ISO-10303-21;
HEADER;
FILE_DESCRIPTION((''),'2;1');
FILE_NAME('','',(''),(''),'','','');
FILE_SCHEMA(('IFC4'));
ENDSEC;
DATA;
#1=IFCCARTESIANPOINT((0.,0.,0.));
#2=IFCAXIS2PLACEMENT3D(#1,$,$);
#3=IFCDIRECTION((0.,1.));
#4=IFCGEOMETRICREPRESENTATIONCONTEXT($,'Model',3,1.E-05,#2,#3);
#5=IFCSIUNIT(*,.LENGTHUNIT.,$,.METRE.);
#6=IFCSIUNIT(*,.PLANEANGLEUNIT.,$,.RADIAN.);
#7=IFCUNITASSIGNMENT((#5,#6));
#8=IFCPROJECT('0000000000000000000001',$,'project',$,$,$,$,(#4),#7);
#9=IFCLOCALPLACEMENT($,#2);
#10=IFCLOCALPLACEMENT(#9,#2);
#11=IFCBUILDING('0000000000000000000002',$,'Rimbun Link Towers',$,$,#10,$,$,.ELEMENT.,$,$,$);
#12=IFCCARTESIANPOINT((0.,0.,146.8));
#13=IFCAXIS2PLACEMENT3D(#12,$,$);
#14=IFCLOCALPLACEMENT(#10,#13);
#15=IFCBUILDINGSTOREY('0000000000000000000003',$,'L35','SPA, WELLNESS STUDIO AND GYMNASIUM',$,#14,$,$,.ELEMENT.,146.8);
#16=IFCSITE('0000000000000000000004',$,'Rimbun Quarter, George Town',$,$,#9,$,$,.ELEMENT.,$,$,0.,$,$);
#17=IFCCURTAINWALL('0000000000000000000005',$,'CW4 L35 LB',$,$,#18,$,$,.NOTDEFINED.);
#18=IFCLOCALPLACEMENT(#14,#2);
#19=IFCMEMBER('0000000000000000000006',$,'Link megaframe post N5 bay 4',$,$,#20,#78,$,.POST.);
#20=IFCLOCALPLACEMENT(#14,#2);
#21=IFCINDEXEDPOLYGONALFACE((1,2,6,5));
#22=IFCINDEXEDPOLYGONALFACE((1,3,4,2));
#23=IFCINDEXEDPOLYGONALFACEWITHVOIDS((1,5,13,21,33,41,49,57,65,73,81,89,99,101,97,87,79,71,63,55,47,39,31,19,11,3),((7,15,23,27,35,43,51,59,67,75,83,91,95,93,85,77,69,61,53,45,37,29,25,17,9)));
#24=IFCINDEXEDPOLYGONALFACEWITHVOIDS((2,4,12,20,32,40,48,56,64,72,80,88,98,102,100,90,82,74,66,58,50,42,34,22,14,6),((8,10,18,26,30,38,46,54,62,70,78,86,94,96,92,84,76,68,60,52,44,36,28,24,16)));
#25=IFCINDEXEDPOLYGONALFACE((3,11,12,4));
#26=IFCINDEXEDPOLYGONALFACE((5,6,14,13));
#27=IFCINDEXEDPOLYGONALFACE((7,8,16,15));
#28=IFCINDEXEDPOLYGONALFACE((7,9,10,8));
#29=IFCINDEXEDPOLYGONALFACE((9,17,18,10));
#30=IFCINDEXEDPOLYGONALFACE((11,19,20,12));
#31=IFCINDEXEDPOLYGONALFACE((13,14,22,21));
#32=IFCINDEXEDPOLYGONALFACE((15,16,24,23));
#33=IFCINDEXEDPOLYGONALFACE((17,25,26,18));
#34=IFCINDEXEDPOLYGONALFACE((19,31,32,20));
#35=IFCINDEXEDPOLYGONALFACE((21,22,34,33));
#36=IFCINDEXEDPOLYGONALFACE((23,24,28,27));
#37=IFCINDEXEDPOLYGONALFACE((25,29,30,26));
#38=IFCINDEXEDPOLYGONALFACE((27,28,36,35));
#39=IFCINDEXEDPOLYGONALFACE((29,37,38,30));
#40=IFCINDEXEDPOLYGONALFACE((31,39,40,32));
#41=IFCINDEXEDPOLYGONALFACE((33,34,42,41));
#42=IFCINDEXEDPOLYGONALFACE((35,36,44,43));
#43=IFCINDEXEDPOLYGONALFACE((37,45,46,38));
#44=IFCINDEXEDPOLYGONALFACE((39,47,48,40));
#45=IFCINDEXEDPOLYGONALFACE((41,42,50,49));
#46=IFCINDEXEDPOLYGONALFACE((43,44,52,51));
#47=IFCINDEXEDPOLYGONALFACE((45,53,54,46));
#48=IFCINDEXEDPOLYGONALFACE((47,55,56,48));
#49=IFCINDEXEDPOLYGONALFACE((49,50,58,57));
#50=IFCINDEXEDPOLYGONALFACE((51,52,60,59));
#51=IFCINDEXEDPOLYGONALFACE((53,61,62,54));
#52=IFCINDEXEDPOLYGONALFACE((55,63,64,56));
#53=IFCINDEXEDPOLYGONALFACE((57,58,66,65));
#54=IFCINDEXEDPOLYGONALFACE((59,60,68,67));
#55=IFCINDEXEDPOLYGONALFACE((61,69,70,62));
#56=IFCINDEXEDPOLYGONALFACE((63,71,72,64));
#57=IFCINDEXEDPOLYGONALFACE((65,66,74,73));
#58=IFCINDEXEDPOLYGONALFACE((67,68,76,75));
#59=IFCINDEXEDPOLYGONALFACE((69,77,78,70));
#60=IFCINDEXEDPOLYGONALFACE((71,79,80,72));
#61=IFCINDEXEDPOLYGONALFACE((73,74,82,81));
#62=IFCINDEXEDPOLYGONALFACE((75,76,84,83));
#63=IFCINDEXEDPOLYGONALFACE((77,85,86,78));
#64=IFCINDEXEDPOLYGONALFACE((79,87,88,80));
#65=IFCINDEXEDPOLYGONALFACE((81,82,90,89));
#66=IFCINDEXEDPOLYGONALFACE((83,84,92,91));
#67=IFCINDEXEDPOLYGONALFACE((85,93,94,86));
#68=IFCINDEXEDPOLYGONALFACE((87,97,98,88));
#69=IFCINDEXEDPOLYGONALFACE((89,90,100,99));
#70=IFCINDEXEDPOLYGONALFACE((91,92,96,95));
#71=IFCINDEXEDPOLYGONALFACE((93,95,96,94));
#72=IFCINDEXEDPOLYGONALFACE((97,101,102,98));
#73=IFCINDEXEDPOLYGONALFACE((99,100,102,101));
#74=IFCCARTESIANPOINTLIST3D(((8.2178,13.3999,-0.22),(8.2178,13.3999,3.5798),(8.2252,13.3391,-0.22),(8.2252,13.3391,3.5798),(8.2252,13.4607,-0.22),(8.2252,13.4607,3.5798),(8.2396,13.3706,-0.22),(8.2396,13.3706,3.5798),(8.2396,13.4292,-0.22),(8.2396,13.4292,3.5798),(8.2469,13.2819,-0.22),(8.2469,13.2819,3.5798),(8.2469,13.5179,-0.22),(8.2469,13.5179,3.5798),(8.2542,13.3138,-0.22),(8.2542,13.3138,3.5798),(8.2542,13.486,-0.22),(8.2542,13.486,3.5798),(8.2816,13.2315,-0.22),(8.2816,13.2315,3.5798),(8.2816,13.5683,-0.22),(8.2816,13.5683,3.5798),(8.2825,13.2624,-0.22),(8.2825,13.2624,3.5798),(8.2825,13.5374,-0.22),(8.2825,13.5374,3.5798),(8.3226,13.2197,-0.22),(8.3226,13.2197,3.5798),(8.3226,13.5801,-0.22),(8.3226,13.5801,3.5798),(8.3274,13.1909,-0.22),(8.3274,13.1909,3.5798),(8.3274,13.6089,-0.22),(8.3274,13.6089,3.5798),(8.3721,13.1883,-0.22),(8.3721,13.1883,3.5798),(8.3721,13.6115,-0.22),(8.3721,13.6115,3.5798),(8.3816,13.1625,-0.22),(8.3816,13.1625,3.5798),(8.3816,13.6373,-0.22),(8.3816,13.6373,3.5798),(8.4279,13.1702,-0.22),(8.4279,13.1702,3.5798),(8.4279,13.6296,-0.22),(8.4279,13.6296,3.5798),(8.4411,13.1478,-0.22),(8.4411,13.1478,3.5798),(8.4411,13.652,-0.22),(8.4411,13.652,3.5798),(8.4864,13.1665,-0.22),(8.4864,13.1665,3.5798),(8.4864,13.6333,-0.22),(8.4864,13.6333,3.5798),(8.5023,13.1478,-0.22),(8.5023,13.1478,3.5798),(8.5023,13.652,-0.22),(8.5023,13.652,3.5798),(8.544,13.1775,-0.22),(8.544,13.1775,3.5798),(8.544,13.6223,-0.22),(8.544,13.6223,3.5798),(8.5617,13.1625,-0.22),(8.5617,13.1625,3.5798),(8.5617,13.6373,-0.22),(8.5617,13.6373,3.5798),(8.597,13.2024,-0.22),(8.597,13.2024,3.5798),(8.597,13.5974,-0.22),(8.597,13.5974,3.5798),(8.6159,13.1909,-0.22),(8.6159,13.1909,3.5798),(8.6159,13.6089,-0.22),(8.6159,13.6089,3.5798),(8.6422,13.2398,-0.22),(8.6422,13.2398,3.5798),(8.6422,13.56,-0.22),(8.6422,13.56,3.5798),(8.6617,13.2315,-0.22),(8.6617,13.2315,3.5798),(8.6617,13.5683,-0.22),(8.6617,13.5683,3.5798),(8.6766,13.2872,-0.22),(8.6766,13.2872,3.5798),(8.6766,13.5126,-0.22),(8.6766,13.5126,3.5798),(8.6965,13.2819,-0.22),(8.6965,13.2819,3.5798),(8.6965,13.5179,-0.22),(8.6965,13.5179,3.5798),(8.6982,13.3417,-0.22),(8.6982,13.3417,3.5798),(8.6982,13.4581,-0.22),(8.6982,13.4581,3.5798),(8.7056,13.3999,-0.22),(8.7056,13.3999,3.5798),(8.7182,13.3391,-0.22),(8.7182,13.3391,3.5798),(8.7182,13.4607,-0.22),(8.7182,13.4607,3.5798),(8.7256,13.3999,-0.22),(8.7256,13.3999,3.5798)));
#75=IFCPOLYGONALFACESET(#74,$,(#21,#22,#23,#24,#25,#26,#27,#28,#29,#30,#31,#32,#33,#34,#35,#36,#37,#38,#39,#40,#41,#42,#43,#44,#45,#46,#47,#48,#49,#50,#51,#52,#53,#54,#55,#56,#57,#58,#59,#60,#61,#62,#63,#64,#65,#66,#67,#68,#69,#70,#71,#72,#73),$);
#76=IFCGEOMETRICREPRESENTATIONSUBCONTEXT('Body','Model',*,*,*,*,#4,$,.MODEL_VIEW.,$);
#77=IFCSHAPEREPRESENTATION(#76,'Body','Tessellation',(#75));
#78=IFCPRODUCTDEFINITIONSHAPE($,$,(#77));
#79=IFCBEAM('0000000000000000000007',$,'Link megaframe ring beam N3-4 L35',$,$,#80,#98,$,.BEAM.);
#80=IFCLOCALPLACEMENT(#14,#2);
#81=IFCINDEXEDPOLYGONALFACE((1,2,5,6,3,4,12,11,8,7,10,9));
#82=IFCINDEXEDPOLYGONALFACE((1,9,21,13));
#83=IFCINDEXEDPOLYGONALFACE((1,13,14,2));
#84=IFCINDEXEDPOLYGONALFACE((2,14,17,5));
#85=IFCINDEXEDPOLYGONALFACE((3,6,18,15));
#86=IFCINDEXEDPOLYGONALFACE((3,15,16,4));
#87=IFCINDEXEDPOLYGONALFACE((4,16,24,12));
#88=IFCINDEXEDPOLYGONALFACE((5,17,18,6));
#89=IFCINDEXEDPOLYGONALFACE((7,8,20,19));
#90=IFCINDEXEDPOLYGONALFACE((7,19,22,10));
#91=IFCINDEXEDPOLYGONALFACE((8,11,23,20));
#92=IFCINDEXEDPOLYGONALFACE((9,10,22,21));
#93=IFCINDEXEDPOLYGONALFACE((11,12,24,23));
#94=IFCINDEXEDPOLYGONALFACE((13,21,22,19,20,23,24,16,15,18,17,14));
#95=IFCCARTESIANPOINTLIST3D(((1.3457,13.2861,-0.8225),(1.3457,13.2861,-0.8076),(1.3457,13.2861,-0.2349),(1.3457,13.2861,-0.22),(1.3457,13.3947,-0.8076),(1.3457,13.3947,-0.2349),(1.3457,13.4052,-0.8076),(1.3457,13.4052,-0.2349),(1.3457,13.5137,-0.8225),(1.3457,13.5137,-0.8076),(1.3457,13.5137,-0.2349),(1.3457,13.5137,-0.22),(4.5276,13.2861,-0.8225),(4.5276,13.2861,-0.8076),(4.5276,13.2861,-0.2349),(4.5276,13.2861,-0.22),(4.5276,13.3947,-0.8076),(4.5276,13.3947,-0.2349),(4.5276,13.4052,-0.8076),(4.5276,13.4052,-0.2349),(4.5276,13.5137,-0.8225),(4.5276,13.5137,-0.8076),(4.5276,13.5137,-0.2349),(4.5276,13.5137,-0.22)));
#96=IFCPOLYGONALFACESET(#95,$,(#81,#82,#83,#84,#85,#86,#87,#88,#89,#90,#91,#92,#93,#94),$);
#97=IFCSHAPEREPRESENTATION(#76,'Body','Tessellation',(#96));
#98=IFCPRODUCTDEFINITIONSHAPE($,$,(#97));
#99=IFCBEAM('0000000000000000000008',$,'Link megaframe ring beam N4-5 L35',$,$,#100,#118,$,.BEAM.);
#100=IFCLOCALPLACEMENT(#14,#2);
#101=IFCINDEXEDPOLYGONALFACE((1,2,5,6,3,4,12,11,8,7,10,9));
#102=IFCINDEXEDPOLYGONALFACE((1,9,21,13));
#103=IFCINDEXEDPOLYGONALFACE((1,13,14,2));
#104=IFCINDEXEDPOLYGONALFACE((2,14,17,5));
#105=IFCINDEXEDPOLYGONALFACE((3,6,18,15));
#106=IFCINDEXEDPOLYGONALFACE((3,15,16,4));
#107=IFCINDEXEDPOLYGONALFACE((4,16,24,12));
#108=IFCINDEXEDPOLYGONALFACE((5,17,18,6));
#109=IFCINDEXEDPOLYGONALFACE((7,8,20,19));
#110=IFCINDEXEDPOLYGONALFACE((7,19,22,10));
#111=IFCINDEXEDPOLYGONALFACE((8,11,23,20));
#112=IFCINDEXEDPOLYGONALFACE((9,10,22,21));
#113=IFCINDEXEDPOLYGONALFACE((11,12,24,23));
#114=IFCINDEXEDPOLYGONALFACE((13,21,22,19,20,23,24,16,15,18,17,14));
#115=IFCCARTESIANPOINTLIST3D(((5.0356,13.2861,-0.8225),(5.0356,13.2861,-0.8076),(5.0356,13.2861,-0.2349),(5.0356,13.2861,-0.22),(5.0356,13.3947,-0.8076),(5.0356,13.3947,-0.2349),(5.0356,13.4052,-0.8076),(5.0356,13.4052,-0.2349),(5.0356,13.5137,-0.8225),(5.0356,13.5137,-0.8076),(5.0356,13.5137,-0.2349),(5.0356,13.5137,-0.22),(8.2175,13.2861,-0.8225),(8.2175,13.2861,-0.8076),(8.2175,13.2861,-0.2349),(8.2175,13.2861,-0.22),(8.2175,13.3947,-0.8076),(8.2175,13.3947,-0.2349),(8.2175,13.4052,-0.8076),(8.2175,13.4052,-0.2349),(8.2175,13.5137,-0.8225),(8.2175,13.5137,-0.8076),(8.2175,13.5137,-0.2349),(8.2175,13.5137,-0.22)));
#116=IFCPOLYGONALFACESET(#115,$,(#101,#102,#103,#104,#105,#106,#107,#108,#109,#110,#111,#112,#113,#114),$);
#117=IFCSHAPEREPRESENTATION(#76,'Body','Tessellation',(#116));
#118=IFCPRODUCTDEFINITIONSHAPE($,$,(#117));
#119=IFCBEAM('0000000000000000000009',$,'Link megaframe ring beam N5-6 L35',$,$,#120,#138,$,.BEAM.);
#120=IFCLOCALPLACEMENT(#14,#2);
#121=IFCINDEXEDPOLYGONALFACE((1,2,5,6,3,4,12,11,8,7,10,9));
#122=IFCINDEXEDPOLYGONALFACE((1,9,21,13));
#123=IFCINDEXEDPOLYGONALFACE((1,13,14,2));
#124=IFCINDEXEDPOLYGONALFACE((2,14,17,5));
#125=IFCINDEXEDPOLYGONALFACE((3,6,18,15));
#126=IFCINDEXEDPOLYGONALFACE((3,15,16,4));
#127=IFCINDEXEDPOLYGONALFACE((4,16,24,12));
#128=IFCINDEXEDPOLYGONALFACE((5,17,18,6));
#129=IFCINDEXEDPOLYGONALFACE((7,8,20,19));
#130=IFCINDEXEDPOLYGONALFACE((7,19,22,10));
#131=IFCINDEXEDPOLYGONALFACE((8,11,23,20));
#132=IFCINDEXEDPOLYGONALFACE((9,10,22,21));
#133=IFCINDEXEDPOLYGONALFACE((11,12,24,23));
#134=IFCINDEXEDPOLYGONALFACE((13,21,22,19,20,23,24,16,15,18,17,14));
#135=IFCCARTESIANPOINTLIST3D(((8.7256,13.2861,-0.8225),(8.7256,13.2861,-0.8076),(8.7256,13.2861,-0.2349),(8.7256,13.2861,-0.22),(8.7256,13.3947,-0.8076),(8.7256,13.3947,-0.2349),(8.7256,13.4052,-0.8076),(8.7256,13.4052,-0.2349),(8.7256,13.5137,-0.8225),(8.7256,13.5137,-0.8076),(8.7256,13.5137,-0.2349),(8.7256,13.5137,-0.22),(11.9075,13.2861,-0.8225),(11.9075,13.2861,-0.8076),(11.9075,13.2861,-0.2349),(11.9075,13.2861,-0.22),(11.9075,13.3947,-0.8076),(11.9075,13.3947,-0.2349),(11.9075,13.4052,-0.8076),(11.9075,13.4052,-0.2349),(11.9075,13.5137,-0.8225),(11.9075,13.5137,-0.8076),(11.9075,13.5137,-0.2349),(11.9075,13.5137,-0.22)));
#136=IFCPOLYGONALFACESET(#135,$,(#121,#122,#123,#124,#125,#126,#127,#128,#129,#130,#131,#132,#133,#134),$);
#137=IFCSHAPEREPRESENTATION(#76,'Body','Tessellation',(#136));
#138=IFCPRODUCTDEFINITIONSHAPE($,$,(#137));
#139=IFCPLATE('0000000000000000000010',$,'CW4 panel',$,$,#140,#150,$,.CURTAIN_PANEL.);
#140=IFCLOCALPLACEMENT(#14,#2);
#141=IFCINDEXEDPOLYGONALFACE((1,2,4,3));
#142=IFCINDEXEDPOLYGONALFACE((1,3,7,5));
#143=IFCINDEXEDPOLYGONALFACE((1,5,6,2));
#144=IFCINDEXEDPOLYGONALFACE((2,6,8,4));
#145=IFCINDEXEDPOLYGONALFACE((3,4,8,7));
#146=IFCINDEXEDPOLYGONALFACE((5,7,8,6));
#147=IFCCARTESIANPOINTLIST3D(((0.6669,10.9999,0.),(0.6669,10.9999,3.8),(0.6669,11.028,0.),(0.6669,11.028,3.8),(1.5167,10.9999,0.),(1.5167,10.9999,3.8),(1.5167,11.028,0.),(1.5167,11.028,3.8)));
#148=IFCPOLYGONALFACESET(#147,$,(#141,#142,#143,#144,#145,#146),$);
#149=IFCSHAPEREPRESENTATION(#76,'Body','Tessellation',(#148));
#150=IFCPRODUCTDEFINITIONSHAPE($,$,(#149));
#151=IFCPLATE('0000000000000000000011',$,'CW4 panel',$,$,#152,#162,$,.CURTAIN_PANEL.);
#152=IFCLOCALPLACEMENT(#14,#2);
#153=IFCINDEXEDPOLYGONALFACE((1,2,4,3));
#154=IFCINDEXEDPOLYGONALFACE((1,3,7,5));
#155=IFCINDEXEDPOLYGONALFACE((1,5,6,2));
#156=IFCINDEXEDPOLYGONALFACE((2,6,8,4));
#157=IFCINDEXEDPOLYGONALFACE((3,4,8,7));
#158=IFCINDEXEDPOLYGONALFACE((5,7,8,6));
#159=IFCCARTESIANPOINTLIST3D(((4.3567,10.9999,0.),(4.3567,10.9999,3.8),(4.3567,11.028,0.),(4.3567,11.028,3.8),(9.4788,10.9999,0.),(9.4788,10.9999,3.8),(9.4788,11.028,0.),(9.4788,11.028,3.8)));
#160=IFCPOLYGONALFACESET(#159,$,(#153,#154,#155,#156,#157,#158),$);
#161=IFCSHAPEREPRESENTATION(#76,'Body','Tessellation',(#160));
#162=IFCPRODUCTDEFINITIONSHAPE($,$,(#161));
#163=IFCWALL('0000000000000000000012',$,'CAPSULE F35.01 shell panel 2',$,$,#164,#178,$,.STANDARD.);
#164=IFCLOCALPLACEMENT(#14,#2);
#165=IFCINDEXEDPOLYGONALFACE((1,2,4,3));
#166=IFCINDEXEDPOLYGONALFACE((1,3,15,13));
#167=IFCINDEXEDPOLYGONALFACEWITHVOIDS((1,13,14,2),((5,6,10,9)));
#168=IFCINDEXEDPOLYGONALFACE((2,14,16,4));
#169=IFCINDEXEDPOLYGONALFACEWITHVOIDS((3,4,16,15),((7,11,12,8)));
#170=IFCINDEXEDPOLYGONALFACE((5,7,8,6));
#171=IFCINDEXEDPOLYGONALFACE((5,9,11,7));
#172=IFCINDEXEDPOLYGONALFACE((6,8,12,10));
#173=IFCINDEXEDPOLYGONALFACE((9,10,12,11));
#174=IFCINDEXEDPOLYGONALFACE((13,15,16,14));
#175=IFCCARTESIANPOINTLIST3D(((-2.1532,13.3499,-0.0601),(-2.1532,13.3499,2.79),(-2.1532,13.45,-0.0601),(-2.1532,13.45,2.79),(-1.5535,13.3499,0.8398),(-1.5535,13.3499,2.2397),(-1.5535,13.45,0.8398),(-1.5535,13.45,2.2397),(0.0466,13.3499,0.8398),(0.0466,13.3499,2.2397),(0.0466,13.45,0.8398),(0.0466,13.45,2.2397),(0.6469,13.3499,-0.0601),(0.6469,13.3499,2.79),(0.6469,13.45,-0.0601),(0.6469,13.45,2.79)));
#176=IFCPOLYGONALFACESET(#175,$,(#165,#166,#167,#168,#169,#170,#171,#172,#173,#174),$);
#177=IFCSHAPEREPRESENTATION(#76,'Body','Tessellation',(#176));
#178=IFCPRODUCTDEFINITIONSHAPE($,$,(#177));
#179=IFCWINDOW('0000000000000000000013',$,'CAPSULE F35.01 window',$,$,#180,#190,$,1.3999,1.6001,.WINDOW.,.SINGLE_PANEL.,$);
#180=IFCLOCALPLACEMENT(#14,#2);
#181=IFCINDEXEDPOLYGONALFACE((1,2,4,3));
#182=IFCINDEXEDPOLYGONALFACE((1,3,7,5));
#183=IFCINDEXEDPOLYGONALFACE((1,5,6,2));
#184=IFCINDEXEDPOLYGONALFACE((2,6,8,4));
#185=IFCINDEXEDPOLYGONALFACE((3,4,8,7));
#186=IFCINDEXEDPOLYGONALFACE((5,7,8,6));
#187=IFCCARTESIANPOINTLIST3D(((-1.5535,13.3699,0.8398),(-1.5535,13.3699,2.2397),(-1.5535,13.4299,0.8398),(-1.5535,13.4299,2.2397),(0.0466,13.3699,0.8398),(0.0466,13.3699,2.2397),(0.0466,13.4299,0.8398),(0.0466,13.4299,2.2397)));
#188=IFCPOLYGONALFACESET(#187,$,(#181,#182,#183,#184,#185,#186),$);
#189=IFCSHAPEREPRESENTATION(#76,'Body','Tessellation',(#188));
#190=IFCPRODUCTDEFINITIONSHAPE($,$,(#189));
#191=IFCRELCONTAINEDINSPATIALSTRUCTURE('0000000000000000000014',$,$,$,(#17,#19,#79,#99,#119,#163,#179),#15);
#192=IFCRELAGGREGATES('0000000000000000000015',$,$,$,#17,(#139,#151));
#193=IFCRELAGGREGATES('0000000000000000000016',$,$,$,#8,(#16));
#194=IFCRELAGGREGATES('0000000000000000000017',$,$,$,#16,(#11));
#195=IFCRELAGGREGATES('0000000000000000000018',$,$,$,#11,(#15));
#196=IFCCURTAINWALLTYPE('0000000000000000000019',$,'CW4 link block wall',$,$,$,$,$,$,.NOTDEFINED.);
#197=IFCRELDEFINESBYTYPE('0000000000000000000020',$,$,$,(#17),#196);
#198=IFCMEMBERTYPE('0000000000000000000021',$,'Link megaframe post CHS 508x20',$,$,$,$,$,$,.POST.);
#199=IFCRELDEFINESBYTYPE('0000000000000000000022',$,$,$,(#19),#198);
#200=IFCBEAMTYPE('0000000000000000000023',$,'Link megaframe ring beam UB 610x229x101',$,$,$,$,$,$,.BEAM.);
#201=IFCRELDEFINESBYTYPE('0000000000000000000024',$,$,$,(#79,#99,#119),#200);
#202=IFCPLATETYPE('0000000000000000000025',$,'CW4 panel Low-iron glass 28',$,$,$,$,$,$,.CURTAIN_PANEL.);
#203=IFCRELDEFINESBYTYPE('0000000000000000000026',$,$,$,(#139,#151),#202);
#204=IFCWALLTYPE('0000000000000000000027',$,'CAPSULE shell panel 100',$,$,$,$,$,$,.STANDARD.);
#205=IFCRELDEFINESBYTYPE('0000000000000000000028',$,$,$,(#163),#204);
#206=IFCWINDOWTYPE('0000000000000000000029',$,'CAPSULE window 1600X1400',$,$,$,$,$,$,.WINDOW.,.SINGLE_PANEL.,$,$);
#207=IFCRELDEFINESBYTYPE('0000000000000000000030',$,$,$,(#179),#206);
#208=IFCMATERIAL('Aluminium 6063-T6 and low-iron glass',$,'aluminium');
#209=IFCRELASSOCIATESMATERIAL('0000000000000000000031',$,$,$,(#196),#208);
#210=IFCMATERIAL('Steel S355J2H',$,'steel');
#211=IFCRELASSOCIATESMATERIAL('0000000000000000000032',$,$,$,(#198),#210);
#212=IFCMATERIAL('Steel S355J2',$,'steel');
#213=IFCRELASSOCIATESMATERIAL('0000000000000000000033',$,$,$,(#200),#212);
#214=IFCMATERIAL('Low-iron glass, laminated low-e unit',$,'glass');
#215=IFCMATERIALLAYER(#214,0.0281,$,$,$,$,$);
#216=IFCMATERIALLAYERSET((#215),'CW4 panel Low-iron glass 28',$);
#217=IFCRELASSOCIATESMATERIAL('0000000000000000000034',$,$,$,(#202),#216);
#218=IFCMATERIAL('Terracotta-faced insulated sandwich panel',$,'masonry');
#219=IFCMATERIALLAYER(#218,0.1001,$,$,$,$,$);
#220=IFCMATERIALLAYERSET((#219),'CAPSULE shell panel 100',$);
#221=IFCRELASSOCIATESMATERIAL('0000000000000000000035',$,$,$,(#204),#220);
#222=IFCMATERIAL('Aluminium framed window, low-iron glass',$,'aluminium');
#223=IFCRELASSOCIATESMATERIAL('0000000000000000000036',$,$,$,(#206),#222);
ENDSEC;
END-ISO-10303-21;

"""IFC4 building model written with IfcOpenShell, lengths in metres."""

from ifc_helpers import new_model, si_unit, direction, frame, frame_2d, origin, origin_2d, place, context, subcontext, project, spatial, rectangle, hollow_circle, i_section, extrude, material, layer, layer_set, material_profile, profile_set, type_object, element, fill, aggregate, save


model = new_model("IFC4")

# Units and contexts
model_context = context("Model", 3, precision=1e-05, world=origin(), true_north=direction((0.0, 1.0)))
body_context = subcontext(model_context, "Body", "Model", "MODEL_VIEW")
ifc_project = project(units=[si_unit("LENGTHUNIT", "METRE"), si_unit("PLANEANGLEUNIT", "RADIAN")], contexts=[model_context])

# Site, building, storey
site_placement = place(None, origin())
site = spatial("IfcSite", under=ifc_project, at=site_placement, Name="Rimbun Quarter, George Town", CompositionType="ELEMENT", RefElevation=0.0)
building_placement = place(site_placement, origin())
building = spatial("IfcBuilding", under=site, at=building_placement, Name="Rimbun Link Towers", CompositionType="ELEMENT")
storey_placement = place(building_placement, frame((0.0, 0.0, 146.8)))
storey = spatial("IfcBuildingStorey", under=building, at=storey_placement, Name="L35", Description="SPA, WELLNESS STUDIO AND GYMNASIUM", CompositionType="ELEMENT", Elevation=146.8)

# Curtain wall
ifc_material_1 = material(Name="Aluminium 6063-T6 and low-iron glass", Category="aluminium")
curtain_wall_type = type_object("IfcCurtainWallType", Name="CW4 link block wall", PredefinedType="NOTDEFINED", material=ifc_material_1)
curtain_wall_placement = place(storey_placement, origin())
curtain_wall = element("IfcCurtainWall", 1, at=curtain_wall_placement, inside=storey, type_object=curtain_wall_type, Name="CW4 L35 LB", PredefinedType="NOTDEFINED")

# Member
ifc_material_2 = material(Name="Steel S355J2H", Category="steel")
ifc_material_profile_1 = material_profile(ifc_material_2, hollow_circle(Radius=0.2539, WallThickness=0.02, at=origin_2d()), Name="CHS 508x20")
ifc_profile_set_1 = profile_set([ifc_material_profile_1], Name="Steel S355J2H")
member_type_1 = type_object("IfcMemberType", Name="Link megaframe post CHS 508x20", PredefinedType="POST", material=ifc_profile_set_1)
for number, where, z_axis, x_axis, name in (
    (2, (8.4717, 13.3999, -0.22), (0.0, 0.0, 1.0), (1.0, 0.0, 0.0), "Link megaframe post N5 bay 4"),
):
    element("IfcMember", number, at=place(storey_placement, frame(where, z_axis=z_axis, x_axis=x_axis)), inside=storey, type_object=member_type_1, Name=name, PredefinedType="POST", context=body_context, shape_type="SweptSolid", body=[
        extrude(hollow_circle(Radius=0.2539, WallThickness=0.02, at=origin_2d()), origin(), (0.0, 0.0, 1.0), 3.7998),
    ])

# Beams
ifc_material_3 = material(Name="Steel S355J2", Category="steel")
ifc_material_profile_2 = material_profile(ifc_material_3, i_section(OverallWidth=0.2275, OverallDepth=0.6025, WebThickness=0.0105, FlangeThickness=0.0149, at=origin_2d()), Name="UB 610x229x101")
ifc_profile_set_2 = profile_set([ifc_material_profile_2], Name="Steel S355J2")
beam_type = type_object("IfcBeamType", Name="Link megaframe ring beam UB 610x229x101", PredefinedType="BEAM", material=ifc_profile_set_2)
for number, where, z_axis, x_axis, name in (
    (3, (1.3457, 13.3999, -0.5212), (1.0, 0.0, 0.0), (0.0, 1.0, 0.0), "Link megaframe ring beam N3-4 L35"),
    (4, (5.0356, 13.3999, -0.5212), (1.0, 0.0, 0.0), (0.0, 1.0, 0.0), "Link megaframe ring beam N4-5 L35"),
    (5, (8.7256, 13.3999, -0.5212), (1.0, 0.0, 0.0), (0.0, 1.0, 0.0), "Link megaframe ring beam N5-6 L35"),
):
    element("IfcBeam", number, at=place(storey_placement, frame(where, z_axis=z_axis, x_axis=x_axis)), inside=storey, type_object=beam_type, Name=name, PredefinedType="BEAM", context=body_context, shape_type="SweptSolid", body=[
        extrude(i_section(OverallWidth=0.2275, OverallDepth=0.6025, WebThickness=0.0105, FlangeThickness=0.0149, at=origin_2d()), origin(), (0.0, 0.0, 1.0), 3.1819),
    ])

# Plates
ifc_material_4 = material(Name="Low-iron glass, laminated low-e unit", Category="glass")
ifc_layer_1 = layer(ifc_material_4, 0.0281)
ifc_layer_set_1 = layer_set([ifc_layer_1], Name="CW4 panel Low-iron glass 28")
plate_type = type_object("IfcPlateType", Name="CW4 panel Low-iron glass 28", PredefinedType="CURTAIN_PANEL", material=ifc_layer_set_1)
plate_1_placement = place(storey_placement, frame((1.0918, 11.0139, 0.0), z_axis=(0.0, 0.0, 1.0), x_axis=(1.0, 0.0, 0.0)))
plate_1 = element("IfcPlate", 6, at=plate_1_placement, type_object=plate_type, Name="CW4 panel", PredefinedType="CURTAIN_PANEL", context=body_context, shape_type="SweptSolid", body=[
    extrude(rectangle(XDim=0.8499, YDim=0.0281, at=origin_2d()), origin(), (0.0, 0.0, 1.0), 3.8),
])
plate_2_placement = place(storey_placement, frame((6.9177, 11.0139, 0.0), z_axis=(0.0, 0.0, 1.0), x_axis=(1.0, 0.0, 0.0)))
plate_2 = element("IfcPlate", 7, at=plate_2_placement, type_object=plate_type, Name="CW4 panel", PredefinedType="CURTAIN_PANEL", context=body_context, shape_type="SweptSolid", body=[
    extrude(rectangle(XDim=5.1221, YDim=0.0281, at=origin_2d()), origin(), (0.0, 0.0, 1.0), 3.8),
])
aggregate(curtain_wall, [plate_1, plate_2])

# Wall, opening, window
ifc_material_5 = material(Name="Terracotta-faced insulated sandwich panel", Category="masonry")
ifc_layer_2 = layer(ifc_material_5, 0.1001)
ifc_layer_set_2 = layer_set([ifc_layer_2], Name="CAPSULE shell panel 100")
wall_type = type_object("IfcWallType", Name="CAPSULE shell panel 100", PredefinedType="STANDARD", material=ifc_layer_set_2)
wall_1_placement = place(storey_placement, frame((0.6467, 13.3999, -0.0601), z_axis=(0.0, 0.0, 1.0), x_axis=(-1.0, 0.0, 0.0)))
wall_1 = element("IfcWall", 8, at=wall_1_placement, inside=storey, type_object=wall_type, Name="CAPSULE F35.01 shell panel 2", PredefinedType="STANDARD", context=body_context, shape_type="SweptSolid", body=[
    extrude(rectangle(XDim=2.8, YDim=0.1001, at=frame_2d((1.3999, 0.0))), origin(), (0.0, 0.0, 1.0), 2.8501),
])
opening_1_placement = place(wall_1_placement, frame((0.6001, 0.0, 0.8999)))
opening_1 = element("IfcOpeningElement", 9, at=opening_1_placement, cuts=wall_1, PredefinedType="OPENING", context=body_context, shape_type="SweptSolid", body=[
    extrude(rectangle(XDim=1.6001, YDim=1.3999, at=frame_2d((0.8, 0.7))), frame((0.0, 0.0601, 0.0), z_axis=(0.0, -1.0, 0.0), x_axis=(1.0, 0.0, 0.0)), (0.0, 0.0, 1.0), 0.1201),
])
ifc_material_6 = material(Name="Aluminium framed window, low-iron glass", Category="aluminium")
window_type = type_object("IfcWindowType", Name="CAPSULE window 1600X1400", PartitioningType="SINGLE_PANEL", PredefinedType="WINDOW", material=ifc_material_6)
window_1_placement = place(opening_1_placement, origin())
window_1 = element("IfcWindow", 10, at=window_1_placement, inside=storey, type_object=window_type, Name="CAPSULE F35.01 window", OverallHeight=1.3999, OverallWidth=1.6001, PartitioningType="SINGLE_PANEL", PredefinedType="WINDOW", context=body_context, shape_type="SweptSolid", body=[
    extrude(rectangle(XDim=1.6001, YDim=1.3999, at=frame_2d((0.8, 0.7))), frame((0.0, 0.03, 0.0), z_axis=(0.0, -1.0, 0.0), x_axis=(1.0, 0.0, 0.0)), (0.0, 0.0, 1.0), 0.0601),
])
fill(opening_1, window_1)

save(model, "model.ifc")
